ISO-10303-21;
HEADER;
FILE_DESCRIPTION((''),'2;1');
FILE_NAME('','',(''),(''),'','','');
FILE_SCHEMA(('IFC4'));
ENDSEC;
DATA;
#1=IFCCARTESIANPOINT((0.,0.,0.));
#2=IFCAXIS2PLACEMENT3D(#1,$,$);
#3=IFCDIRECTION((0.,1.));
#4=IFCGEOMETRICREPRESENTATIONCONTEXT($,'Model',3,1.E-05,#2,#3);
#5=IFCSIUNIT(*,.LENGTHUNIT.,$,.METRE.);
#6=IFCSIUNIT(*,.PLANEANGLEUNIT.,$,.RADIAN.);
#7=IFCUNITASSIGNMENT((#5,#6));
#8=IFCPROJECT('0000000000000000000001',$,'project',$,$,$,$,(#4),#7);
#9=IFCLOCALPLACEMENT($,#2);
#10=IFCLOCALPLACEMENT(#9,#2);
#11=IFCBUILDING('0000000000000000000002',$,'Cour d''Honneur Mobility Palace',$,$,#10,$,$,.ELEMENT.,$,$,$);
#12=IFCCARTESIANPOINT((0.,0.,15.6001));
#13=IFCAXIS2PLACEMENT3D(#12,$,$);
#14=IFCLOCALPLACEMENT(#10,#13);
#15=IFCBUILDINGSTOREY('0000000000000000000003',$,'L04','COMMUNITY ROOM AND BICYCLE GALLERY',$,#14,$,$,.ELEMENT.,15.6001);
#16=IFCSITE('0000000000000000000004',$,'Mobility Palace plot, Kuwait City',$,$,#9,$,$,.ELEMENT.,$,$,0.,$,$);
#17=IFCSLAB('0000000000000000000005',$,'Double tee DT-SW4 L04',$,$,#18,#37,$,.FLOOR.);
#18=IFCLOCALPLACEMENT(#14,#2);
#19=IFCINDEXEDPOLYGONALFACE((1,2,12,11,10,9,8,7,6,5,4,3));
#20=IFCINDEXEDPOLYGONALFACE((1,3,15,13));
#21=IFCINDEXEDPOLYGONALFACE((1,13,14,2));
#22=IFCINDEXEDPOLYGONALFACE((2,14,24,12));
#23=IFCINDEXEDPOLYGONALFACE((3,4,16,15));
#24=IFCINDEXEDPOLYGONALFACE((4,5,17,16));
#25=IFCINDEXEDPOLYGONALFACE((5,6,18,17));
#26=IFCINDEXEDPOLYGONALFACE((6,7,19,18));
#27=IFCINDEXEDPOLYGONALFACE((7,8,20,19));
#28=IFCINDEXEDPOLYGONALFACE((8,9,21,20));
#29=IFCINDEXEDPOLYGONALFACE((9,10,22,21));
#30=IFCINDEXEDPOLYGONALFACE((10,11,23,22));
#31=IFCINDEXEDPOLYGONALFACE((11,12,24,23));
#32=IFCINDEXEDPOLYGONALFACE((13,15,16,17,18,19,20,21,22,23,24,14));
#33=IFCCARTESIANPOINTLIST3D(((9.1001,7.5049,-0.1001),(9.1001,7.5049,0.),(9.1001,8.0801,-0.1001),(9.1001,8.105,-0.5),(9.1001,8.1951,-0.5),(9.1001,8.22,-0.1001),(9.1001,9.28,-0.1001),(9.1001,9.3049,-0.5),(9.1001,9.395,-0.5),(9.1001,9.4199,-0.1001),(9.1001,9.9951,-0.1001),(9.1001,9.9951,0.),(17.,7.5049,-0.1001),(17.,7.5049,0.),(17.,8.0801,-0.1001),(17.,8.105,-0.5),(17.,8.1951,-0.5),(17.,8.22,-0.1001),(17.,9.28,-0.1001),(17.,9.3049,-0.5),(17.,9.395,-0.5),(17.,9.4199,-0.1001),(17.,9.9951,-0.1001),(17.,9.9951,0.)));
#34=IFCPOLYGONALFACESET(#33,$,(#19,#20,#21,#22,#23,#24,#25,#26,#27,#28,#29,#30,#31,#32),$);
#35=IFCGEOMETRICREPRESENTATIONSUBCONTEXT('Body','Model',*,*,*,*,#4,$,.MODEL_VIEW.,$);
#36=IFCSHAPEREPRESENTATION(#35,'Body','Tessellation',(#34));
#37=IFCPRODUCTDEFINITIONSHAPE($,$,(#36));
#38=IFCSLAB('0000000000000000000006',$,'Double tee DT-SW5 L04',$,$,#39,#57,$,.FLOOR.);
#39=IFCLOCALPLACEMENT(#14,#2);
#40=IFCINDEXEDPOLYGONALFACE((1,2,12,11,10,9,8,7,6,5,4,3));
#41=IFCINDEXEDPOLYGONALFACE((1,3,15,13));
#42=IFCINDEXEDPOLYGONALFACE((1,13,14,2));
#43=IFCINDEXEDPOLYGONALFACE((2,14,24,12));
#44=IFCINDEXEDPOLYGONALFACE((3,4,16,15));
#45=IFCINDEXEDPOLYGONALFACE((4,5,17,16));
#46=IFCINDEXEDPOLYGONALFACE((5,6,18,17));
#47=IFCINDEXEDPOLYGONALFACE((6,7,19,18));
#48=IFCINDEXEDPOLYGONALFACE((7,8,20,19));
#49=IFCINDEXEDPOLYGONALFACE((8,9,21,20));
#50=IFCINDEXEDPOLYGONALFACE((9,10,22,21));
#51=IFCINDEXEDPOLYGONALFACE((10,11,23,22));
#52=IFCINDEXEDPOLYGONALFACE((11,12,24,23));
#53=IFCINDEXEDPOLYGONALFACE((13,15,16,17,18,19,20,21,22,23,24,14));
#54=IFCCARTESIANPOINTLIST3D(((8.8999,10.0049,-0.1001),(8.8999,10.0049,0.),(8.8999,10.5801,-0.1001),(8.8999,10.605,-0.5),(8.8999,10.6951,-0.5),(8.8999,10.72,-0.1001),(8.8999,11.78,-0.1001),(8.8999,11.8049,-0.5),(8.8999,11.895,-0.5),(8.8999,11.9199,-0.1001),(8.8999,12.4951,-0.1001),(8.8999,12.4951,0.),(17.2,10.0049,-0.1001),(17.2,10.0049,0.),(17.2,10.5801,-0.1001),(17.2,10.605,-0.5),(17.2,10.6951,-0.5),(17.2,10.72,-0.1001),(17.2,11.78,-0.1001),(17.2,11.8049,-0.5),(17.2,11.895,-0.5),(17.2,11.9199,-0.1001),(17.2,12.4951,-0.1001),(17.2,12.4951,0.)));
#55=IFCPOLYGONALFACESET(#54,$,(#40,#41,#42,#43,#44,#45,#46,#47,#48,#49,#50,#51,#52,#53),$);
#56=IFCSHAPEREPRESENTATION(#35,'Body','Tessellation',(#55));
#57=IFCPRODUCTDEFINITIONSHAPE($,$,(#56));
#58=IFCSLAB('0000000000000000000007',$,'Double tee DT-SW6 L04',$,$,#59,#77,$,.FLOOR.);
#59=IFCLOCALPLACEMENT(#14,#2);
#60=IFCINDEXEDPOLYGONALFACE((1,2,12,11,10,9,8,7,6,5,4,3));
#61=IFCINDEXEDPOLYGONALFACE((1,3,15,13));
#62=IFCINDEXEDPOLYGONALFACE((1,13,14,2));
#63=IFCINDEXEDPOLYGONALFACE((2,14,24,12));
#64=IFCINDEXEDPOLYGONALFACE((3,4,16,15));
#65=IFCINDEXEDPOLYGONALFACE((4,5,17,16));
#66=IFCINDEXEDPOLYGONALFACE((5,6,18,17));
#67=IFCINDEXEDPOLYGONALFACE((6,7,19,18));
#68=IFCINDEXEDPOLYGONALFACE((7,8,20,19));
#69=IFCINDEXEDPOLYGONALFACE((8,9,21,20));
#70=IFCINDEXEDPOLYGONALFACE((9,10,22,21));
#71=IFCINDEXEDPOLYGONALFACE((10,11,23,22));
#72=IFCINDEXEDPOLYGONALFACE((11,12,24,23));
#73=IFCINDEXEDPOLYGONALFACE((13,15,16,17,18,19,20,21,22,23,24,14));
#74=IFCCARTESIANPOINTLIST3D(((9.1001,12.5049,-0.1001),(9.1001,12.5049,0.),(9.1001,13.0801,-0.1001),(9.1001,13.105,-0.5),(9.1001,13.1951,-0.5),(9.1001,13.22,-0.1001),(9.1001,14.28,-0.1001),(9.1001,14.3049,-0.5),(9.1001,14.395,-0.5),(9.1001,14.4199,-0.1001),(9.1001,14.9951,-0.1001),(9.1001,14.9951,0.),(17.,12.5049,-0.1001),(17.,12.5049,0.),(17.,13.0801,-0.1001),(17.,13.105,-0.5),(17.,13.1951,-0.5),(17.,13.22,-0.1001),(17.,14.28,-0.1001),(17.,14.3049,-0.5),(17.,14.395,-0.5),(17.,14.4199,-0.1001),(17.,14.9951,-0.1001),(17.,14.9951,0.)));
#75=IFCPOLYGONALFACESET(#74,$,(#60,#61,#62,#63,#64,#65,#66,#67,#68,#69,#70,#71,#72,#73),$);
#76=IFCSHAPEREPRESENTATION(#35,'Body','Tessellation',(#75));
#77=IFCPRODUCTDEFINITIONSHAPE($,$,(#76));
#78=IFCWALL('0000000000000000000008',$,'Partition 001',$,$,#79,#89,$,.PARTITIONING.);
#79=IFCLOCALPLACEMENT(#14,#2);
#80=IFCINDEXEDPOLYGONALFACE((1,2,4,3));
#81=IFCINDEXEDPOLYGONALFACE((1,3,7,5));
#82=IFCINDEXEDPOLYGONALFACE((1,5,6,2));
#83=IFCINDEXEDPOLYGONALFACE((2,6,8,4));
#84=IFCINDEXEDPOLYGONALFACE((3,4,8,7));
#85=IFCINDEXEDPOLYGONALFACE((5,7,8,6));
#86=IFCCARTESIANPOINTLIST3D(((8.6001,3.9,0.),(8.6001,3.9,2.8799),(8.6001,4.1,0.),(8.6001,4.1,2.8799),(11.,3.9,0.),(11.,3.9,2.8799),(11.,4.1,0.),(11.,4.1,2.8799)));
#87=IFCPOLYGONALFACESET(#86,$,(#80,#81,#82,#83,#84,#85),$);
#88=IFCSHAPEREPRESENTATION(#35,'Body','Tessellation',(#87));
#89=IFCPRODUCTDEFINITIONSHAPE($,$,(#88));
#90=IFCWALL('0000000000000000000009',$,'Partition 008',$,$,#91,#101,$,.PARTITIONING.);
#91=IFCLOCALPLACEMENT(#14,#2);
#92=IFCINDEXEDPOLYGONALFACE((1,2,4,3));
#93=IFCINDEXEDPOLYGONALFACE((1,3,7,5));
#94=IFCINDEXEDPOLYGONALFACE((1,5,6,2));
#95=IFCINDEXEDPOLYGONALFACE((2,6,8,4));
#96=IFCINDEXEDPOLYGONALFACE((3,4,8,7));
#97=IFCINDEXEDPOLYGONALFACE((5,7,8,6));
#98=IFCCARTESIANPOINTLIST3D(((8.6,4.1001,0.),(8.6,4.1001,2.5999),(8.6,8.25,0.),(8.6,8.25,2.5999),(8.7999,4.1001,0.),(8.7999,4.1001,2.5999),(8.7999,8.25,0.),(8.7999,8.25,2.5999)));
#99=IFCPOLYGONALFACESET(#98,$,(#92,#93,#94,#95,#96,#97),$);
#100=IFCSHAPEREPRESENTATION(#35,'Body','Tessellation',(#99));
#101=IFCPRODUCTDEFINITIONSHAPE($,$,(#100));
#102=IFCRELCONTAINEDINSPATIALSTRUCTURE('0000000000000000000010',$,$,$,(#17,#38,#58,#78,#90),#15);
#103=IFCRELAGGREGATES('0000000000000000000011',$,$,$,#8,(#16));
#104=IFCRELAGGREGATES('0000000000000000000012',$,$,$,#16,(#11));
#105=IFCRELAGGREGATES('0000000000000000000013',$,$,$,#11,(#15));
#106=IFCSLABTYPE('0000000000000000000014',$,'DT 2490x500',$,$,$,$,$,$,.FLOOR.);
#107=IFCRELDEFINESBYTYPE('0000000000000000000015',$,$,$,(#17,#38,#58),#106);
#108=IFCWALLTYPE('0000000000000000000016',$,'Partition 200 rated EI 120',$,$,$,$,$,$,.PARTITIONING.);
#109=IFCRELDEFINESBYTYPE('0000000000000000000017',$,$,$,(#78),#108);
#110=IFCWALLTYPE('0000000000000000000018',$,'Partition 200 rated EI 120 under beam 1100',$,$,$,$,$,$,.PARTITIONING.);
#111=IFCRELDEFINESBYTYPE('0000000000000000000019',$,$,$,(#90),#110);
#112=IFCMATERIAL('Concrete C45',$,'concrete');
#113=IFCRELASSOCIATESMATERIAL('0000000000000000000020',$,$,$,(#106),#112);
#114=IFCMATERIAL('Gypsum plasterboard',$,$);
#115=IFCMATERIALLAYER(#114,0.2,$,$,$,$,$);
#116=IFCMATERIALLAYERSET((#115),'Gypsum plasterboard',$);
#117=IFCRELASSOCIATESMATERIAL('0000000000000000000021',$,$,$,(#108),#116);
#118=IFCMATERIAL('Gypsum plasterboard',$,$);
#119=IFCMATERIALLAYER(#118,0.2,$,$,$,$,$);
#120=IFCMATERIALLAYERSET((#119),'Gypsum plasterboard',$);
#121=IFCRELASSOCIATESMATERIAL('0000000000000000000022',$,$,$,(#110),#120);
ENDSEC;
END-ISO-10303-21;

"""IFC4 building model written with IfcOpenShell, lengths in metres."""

from ifc_helpers import new_model, si_unit, direction, frame, frame_2d, origin, place, context, subcontext, project, spatial, polyline, rectangle, outline, extrude, material, layer, layer_set, material_profile, profile_set, type_object, element, save


model = new_model("IFC4")

# Units and contexts
model_context = context("Model", 3, precision=1e-05, world=origin(), true_north=direction((0.0, 1.0)))
body_context = subcontext(model_context, "Body", "Model", "MODEL_VIEW")
ifc_project = project(units=[si_unit("LENGTHUNIT", "METRE"), si_unit("PLANEANGLEUNIT", "RADIAN")], contexts=[model_context])

# Site, building, storey
site_placement = place(None, origin())
site = spatial("IfcSite", under=ifc_project, at=site_placement, Name="Mobility Palace plot, Kuwait City", CompositionType="ELEMENT", RefElevation=0.0)
building_placement = place(site_placement, origin())
building = spatial("IfcBuilding", under=site, at=building_placement, Name="Cour d'Honneur Mobility Palace", CompositionType="ELEMENT")
storey_placement = place(building_placement, frame((0.0, 0.0, 15.6001)))
storey = spatial("IfcBuildingStorey", under=building, at=storey_placement, Name="L04", Description="COMMUNITY ROOM AND BICYCLE GALLERY", CompositionType="ELEMENT", Elevation=15.6001)

# Slabs
ifc_material_1 = material(Name="Concrete C45", Category="concrete")
ifc_material_profile_1 = material_profile(ifc_material_1, outline(polyline([(-1.2451, 0.0), (1.2451, 0.0), (1.2451, -0.1001), (0.6699, -0.1001), (0.645, -0.5), (0.5549, -0.5), (0.53, -0.1001), (-0.53, -0.1001), (-0.5549, -0.5), (-0.645, -0.5), (-0.6699, -0.1001), (-1.2451, -0.1001), (-1.2451, 0.0)])), Name="DT 2490x500")
ifc_profile_set_1 = profile_set([ifc_material_profile_1], Name="Concrete C45")
slab_type_1 = type_object("IfcSlabType", Name="DT 2490x500", PredefinedType="FLOOR", material=ifc_profile_set_1)
slab_1_placement = place(storey_placement, frame((9.1001, 8.75, 0.0), z_axis=(1.0, 0.0, 0.0), x_axis=(0.0, 1.0, 0.0)))
element("IfcSlab", 1, at=slab_1_placement, inside=storey, type_object=slab_type_1, Name="Double tee DT-SW4 L04", PredefinedType="FLOOR", context=body_context, shape_type="SweptSolid", body=[
    extrude(outline(polyline([(-1.2451, 0.0), (1.2451, 0.0), (1.2451, -0.1001), (0.6699, -0.1001), (0.645, -0.5), (0.5549, -0.5), (0.53, -0.1001), (-0.53, -0.1001), (-0.5549, -0.5), (-0.645, -0.5), (-0.6699, -0.1001), (-1.2451, -0.1001), (-1.2451, 0.0)])), origin(), (0.0, 0.0, 1.0), 7.8999),
])
slab_2_placement = place(storey_placement, frame((8.8999, 11.25, 0.0), z_axis=(1.0, 0.0, 0.0), x_axis=(0.0, 1.0, 0.0)))
element("IfcSlab", 2, at=slab_2_placement, inside=storey, type_object=slab_type_1, Name="Double tee DT-SW5 L04", PredefinedType="FLOOR", context=body_context, shape_type="SweptSolid", body=[
    extrude(outline(polyline([(-1.2451, 0.0), (1.2451, 0.0), (1.2451, -0.1001), (0.6699, -0.1001), (0.645, -0.5), (0.5549, -0.5), (0.53, -0.1001), (-0.53, -0.1001), (-0.5549, -0.5), (-0.645, -0.5), (-0.6699, -0.1001), (-1.2451, -0.1001), (-1.2451, 0.0)])), origin(), (0.0, 0.0, 1.0), 8.3),
])
slab_3_placement = place(storey_placement, frame((9.1001, 13.75, 0.0), z_axis=(1.0, 0.0, 0.0), x_axis=(0.0, 1.0, 0.0)))
element("IfcSlab", 3, at=slab_3_placement, inside=storey, type_object=slab_type_1, Name="Double tee DT-SW6 L04", PredefinedType="FLOOR", context=body_context, shape_type="SweptSolid", body=[
    extrude(outline(polyline([(-1.2451, 0.0), (1.2451, 0.0), (1.2451, -0.1001), (0.6699, -0.1001), (0.645, -0.5), (0.5549, -0.5), (0.53, -0.1001), (-0.53, -0.1001), (-0.5549, -0.5), (-0.645, -0.5), (-0.6699, -0.1001), (-1.2451, -0.1001), (-1.2451, 0.0)])), origin(), (0.0, 0.0, 1.0), 7.8999),
])

# Walls
ifc_material_2 = material(Name="Gypsum plasterboard")
ifc_layer_1 = layer(ifc_material_2, 0.2)
ifc_layer_set_1 = layer_set([ifc_layer_1], Name="Gypsum plasterboard")
wall_type_1 = type_object("IfcWallType", Name="Partition 200 rated EI 120", PredefinedType="PARTITIONING", material=ifc_layer_set_1)
wall_1_placement = place(storey_placement, frame((8.6001, 4.0, 0.0), z_axis=(0.0, 0.0, 1.0), x_axis=(1.0, 0.0, 0.0)))
element("IfcWall", 4, at=wall_1_placement, inside=storey, type_object=wall_type_1, Name="Partition 001", PredefinedType="PARTITIONING", context=body_context, shape_type="SweptSolid", body=[
    extrude(rectangle(XDim=2.3999, YDim=0.2, at=frame_2d((1.2, 0.0))), origin(), (0.0, 0.0, 1.0), 2.8799),
])
ifc_material_3 = material(Name="Gypsum plasterboard")
ifc_layer_2 = layer(ifc_material_3, 0.2)
ifc_layer_set_2 = layer_set([ifc_layer_2], Name="Gypsum plasterboard")
wall_type_2 = type_object("IfcWallType", Name="Partition 200 rated EI 120 under beam 1100", PredefinedType="PARTITIONING", material=ifc_layer_set_2)
wall_2_placement = place(storey_placement, frame((8.7, 8.25, 0.0), z_axis=(0.0, 0.0, 1.0), x_axis=(0.0, -1.0, 0.0)))
element("IfcWall", 5, at=wall_2_placement, inside=storey, type_object=wall_type_2, Name="Partition 008", PredefinedType="PARTITIONING", context=body_context, shape_type="SweptSolid", body=[
    extrude(rectangle(XDim=4.1499, YDim=0.2, at=frame_2d((2.075, 0.0))), origin(), (0.0, 0.0, 1.0), 2.5999),
])

save(model, "model.ifc")
